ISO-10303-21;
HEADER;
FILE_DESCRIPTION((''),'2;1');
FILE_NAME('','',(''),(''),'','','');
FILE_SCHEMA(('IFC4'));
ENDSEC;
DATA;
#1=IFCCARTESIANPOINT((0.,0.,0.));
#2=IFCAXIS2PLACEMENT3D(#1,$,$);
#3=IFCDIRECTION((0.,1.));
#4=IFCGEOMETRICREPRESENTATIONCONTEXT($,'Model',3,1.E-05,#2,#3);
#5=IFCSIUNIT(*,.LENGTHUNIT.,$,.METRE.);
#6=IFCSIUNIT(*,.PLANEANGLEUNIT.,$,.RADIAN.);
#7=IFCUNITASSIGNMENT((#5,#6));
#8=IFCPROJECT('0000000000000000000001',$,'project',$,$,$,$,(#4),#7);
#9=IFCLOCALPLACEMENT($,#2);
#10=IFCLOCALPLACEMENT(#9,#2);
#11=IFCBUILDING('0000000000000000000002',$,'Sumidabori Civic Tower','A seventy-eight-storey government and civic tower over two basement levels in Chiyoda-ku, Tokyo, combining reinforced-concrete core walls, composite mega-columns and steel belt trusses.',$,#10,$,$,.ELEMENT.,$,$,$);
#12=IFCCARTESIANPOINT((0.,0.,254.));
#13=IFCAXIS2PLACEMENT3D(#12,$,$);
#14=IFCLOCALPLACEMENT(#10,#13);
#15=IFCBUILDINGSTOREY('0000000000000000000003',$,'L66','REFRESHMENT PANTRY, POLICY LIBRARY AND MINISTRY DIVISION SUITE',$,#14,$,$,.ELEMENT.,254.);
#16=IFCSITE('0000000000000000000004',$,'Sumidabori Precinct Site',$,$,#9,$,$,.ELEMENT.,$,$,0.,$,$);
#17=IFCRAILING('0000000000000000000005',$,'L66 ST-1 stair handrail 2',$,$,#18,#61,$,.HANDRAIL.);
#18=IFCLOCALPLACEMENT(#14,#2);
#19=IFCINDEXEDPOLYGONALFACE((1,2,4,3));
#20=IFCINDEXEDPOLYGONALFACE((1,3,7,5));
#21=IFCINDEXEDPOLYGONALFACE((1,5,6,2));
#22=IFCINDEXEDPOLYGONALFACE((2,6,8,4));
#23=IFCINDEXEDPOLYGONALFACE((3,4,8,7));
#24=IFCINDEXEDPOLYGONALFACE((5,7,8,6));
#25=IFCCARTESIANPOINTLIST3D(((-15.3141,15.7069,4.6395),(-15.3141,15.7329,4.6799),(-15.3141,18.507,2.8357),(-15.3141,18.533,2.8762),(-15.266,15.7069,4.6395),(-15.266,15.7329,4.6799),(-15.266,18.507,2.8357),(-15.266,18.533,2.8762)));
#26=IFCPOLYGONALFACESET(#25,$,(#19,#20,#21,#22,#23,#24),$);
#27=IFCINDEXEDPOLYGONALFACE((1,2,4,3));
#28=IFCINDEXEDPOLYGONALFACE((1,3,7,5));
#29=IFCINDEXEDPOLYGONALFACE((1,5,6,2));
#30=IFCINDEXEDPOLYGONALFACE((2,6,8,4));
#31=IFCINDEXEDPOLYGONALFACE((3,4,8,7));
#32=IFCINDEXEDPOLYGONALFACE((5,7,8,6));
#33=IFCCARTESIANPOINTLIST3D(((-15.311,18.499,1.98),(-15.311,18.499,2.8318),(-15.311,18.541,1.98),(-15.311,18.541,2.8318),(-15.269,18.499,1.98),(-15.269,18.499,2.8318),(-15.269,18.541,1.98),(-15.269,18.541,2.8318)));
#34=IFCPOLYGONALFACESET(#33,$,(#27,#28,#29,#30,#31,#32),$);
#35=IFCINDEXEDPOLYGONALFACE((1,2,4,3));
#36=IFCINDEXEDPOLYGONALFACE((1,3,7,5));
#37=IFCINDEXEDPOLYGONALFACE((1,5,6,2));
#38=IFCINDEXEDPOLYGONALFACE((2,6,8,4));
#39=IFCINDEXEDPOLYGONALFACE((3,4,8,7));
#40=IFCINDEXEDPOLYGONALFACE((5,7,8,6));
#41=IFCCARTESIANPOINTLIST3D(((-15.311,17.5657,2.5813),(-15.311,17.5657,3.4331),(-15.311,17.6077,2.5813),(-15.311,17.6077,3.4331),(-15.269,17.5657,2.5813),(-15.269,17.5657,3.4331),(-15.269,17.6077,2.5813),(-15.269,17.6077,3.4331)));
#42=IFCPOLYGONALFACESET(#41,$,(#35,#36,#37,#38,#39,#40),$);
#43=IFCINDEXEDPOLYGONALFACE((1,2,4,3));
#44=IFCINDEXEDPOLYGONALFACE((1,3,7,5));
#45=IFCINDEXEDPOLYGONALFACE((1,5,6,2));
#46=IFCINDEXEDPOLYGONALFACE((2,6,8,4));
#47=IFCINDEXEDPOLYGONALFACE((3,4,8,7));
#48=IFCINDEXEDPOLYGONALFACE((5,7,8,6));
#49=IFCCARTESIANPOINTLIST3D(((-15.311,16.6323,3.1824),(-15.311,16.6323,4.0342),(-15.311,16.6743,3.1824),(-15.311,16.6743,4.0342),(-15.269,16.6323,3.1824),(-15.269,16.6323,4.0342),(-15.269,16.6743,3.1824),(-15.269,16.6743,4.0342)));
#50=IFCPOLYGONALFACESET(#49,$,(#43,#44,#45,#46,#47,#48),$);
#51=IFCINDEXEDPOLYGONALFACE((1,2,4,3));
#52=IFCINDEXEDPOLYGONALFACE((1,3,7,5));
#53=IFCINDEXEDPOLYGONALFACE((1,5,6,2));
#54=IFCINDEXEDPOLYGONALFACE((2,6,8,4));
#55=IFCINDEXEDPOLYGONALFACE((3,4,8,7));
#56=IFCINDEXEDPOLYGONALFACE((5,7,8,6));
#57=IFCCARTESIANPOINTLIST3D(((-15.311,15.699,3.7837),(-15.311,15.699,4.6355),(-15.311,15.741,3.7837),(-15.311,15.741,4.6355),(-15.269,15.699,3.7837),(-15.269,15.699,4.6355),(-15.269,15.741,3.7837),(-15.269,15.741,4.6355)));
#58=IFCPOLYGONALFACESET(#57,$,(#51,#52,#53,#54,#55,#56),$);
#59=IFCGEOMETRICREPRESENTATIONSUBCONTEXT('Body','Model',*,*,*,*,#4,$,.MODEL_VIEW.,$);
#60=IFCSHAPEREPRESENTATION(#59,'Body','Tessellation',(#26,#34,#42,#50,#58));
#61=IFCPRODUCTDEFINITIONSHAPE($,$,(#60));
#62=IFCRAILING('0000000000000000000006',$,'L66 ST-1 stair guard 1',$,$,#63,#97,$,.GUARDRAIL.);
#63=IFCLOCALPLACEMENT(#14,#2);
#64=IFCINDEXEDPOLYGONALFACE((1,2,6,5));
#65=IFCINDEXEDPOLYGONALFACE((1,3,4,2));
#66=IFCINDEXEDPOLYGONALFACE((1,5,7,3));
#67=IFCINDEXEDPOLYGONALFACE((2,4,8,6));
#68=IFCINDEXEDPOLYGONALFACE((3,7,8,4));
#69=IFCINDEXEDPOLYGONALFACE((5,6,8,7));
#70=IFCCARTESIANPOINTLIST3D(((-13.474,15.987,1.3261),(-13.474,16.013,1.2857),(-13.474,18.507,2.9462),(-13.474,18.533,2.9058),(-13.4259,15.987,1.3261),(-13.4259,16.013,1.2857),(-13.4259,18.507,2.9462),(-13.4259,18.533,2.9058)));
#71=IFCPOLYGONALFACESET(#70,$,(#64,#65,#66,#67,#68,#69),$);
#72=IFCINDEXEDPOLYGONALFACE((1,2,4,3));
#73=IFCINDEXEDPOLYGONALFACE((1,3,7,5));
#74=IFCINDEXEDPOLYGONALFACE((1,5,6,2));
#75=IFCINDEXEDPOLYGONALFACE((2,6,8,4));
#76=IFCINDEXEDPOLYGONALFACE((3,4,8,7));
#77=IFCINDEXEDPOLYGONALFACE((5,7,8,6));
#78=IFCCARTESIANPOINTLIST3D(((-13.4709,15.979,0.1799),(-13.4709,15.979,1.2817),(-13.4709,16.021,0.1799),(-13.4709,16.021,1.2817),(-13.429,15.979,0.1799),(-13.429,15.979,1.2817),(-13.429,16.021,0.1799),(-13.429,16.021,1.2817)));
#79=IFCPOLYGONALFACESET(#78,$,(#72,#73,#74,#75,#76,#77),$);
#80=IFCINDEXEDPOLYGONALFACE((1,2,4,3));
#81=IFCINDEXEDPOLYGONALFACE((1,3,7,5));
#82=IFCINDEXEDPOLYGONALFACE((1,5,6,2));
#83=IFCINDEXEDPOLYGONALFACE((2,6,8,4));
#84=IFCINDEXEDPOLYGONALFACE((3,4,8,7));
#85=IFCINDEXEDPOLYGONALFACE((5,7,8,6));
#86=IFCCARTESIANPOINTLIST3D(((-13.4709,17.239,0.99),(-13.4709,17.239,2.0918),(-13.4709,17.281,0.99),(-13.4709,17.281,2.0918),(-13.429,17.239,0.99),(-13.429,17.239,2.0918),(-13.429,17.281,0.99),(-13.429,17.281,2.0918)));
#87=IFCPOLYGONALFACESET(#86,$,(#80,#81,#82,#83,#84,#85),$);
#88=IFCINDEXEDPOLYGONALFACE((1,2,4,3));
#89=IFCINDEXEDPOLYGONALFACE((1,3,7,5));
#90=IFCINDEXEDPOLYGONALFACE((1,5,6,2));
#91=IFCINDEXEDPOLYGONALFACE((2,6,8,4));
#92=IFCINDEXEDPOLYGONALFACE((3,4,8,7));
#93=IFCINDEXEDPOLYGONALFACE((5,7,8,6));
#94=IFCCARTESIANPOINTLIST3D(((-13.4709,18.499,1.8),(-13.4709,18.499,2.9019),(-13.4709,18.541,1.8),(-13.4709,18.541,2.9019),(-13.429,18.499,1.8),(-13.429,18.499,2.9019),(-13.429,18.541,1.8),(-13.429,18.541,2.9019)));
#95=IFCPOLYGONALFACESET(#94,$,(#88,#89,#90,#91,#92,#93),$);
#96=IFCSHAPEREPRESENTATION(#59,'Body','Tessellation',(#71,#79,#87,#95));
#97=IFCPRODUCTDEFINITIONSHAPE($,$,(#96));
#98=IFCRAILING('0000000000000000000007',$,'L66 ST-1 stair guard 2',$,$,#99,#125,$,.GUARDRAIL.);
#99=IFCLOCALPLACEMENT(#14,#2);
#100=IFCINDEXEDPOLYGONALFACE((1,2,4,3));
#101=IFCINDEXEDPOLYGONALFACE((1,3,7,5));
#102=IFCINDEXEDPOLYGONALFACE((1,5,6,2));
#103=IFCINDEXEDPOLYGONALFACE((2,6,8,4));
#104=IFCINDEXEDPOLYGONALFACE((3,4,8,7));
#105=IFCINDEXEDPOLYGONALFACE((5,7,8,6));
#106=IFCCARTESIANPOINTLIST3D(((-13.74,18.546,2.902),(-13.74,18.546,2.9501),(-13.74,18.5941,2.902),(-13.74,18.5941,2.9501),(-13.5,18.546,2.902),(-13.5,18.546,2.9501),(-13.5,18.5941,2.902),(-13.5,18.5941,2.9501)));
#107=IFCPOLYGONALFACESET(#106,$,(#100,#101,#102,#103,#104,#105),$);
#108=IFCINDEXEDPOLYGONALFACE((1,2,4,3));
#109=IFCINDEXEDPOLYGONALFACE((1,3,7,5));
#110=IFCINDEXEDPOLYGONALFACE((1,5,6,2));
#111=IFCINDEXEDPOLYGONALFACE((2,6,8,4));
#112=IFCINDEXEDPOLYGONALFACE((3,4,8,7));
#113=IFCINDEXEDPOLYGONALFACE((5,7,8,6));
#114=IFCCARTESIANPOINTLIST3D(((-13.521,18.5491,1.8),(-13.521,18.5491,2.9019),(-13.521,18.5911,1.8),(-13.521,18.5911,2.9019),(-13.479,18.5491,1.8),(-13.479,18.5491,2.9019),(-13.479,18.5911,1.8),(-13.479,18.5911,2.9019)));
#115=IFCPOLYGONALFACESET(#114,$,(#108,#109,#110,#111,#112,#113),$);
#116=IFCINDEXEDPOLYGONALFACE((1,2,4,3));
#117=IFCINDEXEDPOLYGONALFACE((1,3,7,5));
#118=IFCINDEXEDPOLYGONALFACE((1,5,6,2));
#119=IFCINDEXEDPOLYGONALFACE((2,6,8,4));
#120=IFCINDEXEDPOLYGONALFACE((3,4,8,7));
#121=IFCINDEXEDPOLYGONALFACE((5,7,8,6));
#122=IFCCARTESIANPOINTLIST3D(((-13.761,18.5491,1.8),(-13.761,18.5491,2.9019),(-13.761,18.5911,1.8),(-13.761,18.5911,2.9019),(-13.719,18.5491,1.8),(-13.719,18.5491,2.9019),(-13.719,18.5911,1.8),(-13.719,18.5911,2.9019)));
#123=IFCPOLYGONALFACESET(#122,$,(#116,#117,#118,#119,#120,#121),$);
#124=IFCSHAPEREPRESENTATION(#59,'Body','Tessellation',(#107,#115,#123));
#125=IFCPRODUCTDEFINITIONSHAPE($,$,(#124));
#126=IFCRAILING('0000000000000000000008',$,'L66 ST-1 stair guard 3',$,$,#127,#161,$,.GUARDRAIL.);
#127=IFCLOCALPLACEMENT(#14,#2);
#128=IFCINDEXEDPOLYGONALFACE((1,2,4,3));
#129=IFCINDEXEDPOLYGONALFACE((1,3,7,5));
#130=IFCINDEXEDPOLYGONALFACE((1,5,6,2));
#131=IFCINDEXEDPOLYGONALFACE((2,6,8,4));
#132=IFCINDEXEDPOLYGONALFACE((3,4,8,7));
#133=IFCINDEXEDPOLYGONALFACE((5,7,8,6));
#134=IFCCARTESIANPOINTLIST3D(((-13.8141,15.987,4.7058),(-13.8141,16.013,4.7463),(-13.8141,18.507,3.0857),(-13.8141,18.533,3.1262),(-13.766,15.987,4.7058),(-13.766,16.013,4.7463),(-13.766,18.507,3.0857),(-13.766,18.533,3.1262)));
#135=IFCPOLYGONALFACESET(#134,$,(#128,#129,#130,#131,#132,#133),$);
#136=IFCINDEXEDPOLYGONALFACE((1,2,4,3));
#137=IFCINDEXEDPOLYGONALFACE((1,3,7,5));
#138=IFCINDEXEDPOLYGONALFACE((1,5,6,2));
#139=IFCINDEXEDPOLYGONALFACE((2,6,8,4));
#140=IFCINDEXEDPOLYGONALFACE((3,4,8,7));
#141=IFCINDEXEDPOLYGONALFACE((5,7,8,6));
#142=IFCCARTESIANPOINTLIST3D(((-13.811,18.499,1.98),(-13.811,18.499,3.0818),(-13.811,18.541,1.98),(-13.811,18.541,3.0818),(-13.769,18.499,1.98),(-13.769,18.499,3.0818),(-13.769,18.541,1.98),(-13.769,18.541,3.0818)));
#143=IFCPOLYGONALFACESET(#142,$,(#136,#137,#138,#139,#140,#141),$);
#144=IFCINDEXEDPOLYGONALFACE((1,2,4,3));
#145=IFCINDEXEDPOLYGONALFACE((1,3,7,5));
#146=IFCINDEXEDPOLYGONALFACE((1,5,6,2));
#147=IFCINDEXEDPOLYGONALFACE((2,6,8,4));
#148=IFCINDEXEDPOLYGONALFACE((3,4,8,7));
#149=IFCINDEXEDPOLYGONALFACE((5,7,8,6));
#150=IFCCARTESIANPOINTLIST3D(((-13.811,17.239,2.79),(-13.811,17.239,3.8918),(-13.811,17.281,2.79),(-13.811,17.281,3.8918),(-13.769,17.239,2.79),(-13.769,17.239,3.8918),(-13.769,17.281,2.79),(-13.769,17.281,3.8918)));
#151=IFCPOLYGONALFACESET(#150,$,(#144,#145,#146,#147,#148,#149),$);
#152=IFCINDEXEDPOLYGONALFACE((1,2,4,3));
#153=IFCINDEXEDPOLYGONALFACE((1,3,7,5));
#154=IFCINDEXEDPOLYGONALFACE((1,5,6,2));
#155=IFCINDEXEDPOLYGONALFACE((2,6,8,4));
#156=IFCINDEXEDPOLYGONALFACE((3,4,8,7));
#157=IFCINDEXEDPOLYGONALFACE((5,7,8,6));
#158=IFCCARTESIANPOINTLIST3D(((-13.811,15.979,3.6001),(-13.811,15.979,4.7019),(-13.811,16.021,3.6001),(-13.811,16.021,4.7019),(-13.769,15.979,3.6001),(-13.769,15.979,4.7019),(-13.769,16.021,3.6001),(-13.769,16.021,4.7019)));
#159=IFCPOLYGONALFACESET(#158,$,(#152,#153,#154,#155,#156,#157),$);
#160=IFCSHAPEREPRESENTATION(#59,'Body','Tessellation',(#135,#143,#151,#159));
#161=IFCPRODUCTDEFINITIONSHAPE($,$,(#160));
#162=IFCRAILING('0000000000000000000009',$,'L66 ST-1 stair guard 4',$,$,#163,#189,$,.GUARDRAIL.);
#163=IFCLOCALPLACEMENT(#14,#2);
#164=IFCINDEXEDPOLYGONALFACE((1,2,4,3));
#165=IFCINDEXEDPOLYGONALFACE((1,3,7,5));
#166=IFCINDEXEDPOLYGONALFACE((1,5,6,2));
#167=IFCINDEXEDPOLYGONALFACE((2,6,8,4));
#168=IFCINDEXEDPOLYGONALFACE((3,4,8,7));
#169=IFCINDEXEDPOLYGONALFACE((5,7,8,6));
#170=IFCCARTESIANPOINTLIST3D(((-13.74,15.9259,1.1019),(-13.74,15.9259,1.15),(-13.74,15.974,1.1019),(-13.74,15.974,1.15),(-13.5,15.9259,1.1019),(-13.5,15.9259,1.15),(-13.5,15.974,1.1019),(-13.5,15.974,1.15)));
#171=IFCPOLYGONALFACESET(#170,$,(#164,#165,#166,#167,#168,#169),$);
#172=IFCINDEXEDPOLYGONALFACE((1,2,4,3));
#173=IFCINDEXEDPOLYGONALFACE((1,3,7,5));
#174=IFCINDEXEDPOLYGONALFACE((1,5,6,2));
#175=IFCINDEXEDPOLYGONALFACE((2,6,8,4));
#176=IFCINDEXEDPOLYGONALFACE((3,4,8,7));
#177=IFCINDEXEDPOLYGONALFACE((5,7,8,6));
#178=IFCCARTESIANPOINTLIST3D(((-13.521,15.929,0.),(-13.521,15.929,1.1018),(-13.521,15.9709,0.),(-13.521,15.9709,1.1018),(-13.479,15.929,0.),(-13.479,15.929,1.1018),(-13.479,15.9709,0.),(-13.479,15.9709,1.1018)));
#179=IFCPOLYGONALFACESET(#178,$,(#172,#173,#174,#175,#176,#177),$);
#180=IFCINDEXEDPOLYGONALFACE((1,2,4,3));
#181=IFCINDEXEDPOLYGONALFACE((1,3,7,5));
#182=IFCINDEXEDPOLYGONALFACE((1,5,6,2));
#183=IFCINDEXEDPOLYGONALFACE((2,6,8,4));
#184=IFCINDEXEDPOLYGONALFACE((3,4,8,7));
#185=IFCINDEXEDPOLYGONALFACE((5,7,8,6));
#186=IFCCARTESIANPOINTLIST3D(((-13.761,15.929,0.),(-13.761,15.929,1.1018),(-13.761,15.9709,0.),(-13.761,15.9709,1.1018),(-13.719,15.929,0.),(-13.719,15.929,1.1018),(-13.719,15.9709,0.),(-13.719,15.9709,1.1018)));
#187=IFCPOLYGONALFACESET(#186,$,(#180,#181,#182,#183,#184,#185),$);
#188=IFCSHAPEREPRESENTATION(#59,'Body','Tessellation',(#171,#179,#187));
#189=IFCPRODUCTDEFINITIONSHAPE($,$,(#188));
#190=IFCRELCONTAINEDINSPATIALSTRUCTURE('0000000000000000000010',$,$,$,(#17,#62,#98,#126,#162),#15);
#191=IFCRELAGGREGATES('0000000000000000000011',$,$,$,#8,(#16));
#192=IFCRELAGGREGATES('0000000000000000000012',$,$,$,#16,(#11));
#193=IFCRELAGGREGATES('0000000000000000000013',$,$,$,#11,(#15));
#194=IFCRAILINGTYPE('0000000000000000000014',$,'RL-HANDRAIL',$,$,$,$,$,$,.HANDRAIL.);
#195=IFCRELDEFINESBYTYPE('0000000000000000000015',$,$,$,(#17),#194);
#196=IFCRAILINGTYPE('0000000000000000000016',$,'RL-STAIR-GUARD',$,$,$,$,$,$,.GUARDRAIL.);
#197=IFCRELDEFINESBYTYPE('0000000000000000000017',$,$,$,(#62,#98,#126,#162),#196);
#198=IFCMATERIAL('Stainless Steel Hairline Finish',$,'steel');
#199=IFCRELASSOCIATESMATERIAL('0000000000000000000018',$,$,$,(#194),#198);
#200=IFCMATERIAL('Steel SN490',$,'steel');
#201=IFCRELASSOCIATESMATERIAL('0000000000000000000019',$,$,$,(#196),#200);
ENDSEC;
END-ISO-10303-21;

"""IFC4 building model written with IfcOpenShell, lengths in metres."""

from ifc_helpers import new_model, si_unit, direction, frame, origin, origin_2d, place, context, subcontext, project, spatial, rectangle, extrude, material, type_object, element, save


model = new_model("IFC4")

# Units and contexts
model_context = context("Model", 3, precision=1e-05, world=origin(), true_north=direction((0.0, 1.0)))
body_context = subcontext(model_context, "Body", "Model", "MODEL_VIEW")
ifc_project = project(units=[si_unit("LENGTHUNIT", "METRE"), si_unit("PLANEANGLEUNIT", "RADIAN")], contexts=[model_context])

# Site, building, storey
site_placement = place(None, origin())
site = spatial("IfcSite", under=ifc_project, at=site_placement, Name="Sumidabori Precinct Site", CompositionType="ELEMENT", RefElevation=0.0)
building_placement = place(site_placement, origin())
building = spatial("IfcBuilding", under=site, at=building_placement, Name="Sumidabori Civic Tower", Description="A seventy-eight-storey government and civic tower over two basement levels in Chiyoda-ku, Tokyo, combining reinforced-concrete core walls, composite mega-columns and steel belt trusses.", CompositionType="ELEMENT")
storey_placement = place(building_placement, frame((0.0, 0.0, 254.0)))
storey = spatial("IfcBuildingStorey", under=building, at=storey_placement, Name="L66", Description="REFRESHMENT PANTRY, POLICY LIBRARY AND MINISTRY DIVISION SUITE", CompositionType="ELEMENT", Elevation=254.0)

# Shared definitions
ifc_material_1 = material(Name="Steel SN490", Category="steel")

# Railings
ifc_material_2 = material(Name="Stainless Steel Hairline Finish", Category="steel")
railing_type_1 = type_object("IfcRailingType", Name="RL-HANDRAIL", PredefinedType="HANDRAIL", material=ifc_material_2)
railing_1_placement = place(storey_placement, frame((-15.29, 18.52, 1.98)))
element("IfcRailing", 1, at=railing_1_placement, inside=storey, type_object=railing_type_1, Name="L66 ST-1 stair handrail 2", PredefinedType="HANDRAIL", context=body_context, shape_type="SweptSolid", body=[
    extrude(rectangle(XDim=0.0481, YDim=0.0481, at=origin_2d()), frame((0.0, 0.0, 0.876), z_axis=(0.0, -0.840676, 0.541539), x_axis=(1.0, 0.0, 0.0)), (0.0, 0.0, 1.0), 3.3308),
    extrude(rectangle(XDim=0.042, YDim=0.042, at=origin_2d()), origin(), (0.0, 0.0, 1.0), 0.8518),
    extrude(rectangle(XDim=0.042, YDim=0.042, at=origin_2d()), frame((0.0, -0.9333, 0.6013)), (0.0, 0.0, 1.0), 0.8518),
    extrude(rectangle(XDim=0.042, YDim=0.042, at=origin_2d()), frame((0.0, -1.8667, 1.2024)), (0.0, 0.0, 1.0), 0.8518),
    extrude(rectangle(XDim=0.042, YDim=0.042, at=origin_2d()), frame((0.0, -2.8, 1.8037)), (0.0, 0.0, 1.0), 0.8518),
])
railing_type_2 = type_object("IfcRailingType", Name="RL-STAIR-GUARD", PredefinedType="GUARDRAIL", material=ifc_material_1)
railing_2_placement = place(storey_placement, frame((-13.45, 16.0, 0.1799)))
element("IfcRailing", 2, at=railing_2_placement, inside=storey, type_object=railing_type_2, Name="L66 ST-1 stair guard 1", PredefinedType="GUARDRAIL", context=body_context, shape_type="SweptSolid", body=[
    extrude(rectangle(XDim=0.0481, YDim=0.0481, at=origin_2d()), frame((0.0, 0.0, 1.126), z_axis=(0.0, 0.841163, 0.540782), x_axis=(-1.0, 0.0, 0.0)), (0.0, 0.0, 1.0), 2.9958),
    extrude(rectangle(XDim=0.042, YDim=0.042, at=origin_2d()), origin(), (0.0, 0.0, 1.0), 1.1018),
    extrude(rectangle(XDim=0.042, YDim=0.042, at=origin_2d()), frame((0.0, 1.26, 0.8101)), (0.0, 0.0, 1.0), 1.1018),
    extrude(rectangle(XDim=0.042, YDim=0.042, at=origin_2d()), frame((0.0, 2.52, 1.6201)), (0.0, 0.0, 1.0), 1.1018),
])
railing_3_placement = place(storey_placement, frame((-13.5, 18.5701, 1.8)))
element("IfcRailing", 3, at=railing_3_placement, inside=storey, type_object=railing_type_2, Name="L66 ST-1 stair guard 2", PredefinedType="GUARDRAIL", context=body_context, shape_type="SweptSolid", body=[
    extrude(rectangle(XDim=0.0481, YDim=0.0481, at=origin_2d()), frame((0.0, 0.0, 1.126), z_axis=(-1.0, 0.0, 0.0), x_axis=(0.0, -1.0, 0.0)), (0.0, 0.0, 1.0), 0.24),
    extrude(rectangle(XDim=0.042, YDim=0.042, at=origin_2d()), origin(), (0.0, 0.0, 1.0), 1.1018),
    extrude(rectangle(XDim=0.042, YDim=0.042, at=origin_2d()), frame((-0.24, 0.0, 0.0)), (0.0, 0.0, 1.0), 1.1018),
])
railing_4_placement = place(storey_placement, frame((-13.79, 18.52, 1.98)))
element("IfcRailing", 4, at=railing_4_placement, inside=storey, type_object=railing_type_2, Name="L66 ST-1 stair guard 3", PredefinedType="GUARDRAIL", context=body_context, shape_type="SweptSolid", body=[
    extrude(rectangle(XDim=0.0481, YDim=0.0481, at=origin_2d()), frame((0.0, 0.0, 1.126), z_axis=(0.0, -0.841163, 0.540782), x_axis=(1.0, 0.0, 0.0)), (0.0, 0.0, 1.0), 2.9958),
    extrude(rectangle(XDim=0.042, YDim=0.042, at=origin_2d()), origin(), (0.0, 0.0, 1.0), 1.1018),
    extrude(rectangle(XDim=0.042, YDim=0.042, at=origin_2d()), frame((0.0, -1.26, 0.8101)), (0.0, 0.0, 1.0), 1.1018),
    extrude(rectangle(XDim=0.042, YDim=0.042, at=origin_2d()), frame((0.0, -2.52, 1.6201)), (0.0, 0.0, 1.0), 1.1018),
])
railing_5_placement = place(storey_placement, frame((-13.5, 15.95, 0.0)))
element("IfcRailing", 5, at=railing_5_placement, inside=storey, type_object=railing_type_2, Name="L66 ST-1 stair guard 4", PredefinedType="GUARDRAIL", context=body_context, shape_type="SweptSolid", body=[
    extrude(rectangle(XDim=0.0481, YDim=0.0481, at=origin_2d()), frame((0.0, 0.0, 1.126), z_axis=(-1.0, 0.0, 0.0), x_axis=(0.0, -1.0, 0.0)), (0.0, 0.0, 1.0), 0.24),
    extrude(rectangle(XDim=0.042, YDim=0.042, at=origin_2d()), origin(), (0.0, 0.0, 1.0), 1.1018),
    extrude(rectangle(XDim=0.042, YDim=0.042, at=origin_2d()), frame((-0.24, 0.0, 0.0)), (0.0, 0.0, 1.0), 1.1018),
])

save(model, "model.ifc")
